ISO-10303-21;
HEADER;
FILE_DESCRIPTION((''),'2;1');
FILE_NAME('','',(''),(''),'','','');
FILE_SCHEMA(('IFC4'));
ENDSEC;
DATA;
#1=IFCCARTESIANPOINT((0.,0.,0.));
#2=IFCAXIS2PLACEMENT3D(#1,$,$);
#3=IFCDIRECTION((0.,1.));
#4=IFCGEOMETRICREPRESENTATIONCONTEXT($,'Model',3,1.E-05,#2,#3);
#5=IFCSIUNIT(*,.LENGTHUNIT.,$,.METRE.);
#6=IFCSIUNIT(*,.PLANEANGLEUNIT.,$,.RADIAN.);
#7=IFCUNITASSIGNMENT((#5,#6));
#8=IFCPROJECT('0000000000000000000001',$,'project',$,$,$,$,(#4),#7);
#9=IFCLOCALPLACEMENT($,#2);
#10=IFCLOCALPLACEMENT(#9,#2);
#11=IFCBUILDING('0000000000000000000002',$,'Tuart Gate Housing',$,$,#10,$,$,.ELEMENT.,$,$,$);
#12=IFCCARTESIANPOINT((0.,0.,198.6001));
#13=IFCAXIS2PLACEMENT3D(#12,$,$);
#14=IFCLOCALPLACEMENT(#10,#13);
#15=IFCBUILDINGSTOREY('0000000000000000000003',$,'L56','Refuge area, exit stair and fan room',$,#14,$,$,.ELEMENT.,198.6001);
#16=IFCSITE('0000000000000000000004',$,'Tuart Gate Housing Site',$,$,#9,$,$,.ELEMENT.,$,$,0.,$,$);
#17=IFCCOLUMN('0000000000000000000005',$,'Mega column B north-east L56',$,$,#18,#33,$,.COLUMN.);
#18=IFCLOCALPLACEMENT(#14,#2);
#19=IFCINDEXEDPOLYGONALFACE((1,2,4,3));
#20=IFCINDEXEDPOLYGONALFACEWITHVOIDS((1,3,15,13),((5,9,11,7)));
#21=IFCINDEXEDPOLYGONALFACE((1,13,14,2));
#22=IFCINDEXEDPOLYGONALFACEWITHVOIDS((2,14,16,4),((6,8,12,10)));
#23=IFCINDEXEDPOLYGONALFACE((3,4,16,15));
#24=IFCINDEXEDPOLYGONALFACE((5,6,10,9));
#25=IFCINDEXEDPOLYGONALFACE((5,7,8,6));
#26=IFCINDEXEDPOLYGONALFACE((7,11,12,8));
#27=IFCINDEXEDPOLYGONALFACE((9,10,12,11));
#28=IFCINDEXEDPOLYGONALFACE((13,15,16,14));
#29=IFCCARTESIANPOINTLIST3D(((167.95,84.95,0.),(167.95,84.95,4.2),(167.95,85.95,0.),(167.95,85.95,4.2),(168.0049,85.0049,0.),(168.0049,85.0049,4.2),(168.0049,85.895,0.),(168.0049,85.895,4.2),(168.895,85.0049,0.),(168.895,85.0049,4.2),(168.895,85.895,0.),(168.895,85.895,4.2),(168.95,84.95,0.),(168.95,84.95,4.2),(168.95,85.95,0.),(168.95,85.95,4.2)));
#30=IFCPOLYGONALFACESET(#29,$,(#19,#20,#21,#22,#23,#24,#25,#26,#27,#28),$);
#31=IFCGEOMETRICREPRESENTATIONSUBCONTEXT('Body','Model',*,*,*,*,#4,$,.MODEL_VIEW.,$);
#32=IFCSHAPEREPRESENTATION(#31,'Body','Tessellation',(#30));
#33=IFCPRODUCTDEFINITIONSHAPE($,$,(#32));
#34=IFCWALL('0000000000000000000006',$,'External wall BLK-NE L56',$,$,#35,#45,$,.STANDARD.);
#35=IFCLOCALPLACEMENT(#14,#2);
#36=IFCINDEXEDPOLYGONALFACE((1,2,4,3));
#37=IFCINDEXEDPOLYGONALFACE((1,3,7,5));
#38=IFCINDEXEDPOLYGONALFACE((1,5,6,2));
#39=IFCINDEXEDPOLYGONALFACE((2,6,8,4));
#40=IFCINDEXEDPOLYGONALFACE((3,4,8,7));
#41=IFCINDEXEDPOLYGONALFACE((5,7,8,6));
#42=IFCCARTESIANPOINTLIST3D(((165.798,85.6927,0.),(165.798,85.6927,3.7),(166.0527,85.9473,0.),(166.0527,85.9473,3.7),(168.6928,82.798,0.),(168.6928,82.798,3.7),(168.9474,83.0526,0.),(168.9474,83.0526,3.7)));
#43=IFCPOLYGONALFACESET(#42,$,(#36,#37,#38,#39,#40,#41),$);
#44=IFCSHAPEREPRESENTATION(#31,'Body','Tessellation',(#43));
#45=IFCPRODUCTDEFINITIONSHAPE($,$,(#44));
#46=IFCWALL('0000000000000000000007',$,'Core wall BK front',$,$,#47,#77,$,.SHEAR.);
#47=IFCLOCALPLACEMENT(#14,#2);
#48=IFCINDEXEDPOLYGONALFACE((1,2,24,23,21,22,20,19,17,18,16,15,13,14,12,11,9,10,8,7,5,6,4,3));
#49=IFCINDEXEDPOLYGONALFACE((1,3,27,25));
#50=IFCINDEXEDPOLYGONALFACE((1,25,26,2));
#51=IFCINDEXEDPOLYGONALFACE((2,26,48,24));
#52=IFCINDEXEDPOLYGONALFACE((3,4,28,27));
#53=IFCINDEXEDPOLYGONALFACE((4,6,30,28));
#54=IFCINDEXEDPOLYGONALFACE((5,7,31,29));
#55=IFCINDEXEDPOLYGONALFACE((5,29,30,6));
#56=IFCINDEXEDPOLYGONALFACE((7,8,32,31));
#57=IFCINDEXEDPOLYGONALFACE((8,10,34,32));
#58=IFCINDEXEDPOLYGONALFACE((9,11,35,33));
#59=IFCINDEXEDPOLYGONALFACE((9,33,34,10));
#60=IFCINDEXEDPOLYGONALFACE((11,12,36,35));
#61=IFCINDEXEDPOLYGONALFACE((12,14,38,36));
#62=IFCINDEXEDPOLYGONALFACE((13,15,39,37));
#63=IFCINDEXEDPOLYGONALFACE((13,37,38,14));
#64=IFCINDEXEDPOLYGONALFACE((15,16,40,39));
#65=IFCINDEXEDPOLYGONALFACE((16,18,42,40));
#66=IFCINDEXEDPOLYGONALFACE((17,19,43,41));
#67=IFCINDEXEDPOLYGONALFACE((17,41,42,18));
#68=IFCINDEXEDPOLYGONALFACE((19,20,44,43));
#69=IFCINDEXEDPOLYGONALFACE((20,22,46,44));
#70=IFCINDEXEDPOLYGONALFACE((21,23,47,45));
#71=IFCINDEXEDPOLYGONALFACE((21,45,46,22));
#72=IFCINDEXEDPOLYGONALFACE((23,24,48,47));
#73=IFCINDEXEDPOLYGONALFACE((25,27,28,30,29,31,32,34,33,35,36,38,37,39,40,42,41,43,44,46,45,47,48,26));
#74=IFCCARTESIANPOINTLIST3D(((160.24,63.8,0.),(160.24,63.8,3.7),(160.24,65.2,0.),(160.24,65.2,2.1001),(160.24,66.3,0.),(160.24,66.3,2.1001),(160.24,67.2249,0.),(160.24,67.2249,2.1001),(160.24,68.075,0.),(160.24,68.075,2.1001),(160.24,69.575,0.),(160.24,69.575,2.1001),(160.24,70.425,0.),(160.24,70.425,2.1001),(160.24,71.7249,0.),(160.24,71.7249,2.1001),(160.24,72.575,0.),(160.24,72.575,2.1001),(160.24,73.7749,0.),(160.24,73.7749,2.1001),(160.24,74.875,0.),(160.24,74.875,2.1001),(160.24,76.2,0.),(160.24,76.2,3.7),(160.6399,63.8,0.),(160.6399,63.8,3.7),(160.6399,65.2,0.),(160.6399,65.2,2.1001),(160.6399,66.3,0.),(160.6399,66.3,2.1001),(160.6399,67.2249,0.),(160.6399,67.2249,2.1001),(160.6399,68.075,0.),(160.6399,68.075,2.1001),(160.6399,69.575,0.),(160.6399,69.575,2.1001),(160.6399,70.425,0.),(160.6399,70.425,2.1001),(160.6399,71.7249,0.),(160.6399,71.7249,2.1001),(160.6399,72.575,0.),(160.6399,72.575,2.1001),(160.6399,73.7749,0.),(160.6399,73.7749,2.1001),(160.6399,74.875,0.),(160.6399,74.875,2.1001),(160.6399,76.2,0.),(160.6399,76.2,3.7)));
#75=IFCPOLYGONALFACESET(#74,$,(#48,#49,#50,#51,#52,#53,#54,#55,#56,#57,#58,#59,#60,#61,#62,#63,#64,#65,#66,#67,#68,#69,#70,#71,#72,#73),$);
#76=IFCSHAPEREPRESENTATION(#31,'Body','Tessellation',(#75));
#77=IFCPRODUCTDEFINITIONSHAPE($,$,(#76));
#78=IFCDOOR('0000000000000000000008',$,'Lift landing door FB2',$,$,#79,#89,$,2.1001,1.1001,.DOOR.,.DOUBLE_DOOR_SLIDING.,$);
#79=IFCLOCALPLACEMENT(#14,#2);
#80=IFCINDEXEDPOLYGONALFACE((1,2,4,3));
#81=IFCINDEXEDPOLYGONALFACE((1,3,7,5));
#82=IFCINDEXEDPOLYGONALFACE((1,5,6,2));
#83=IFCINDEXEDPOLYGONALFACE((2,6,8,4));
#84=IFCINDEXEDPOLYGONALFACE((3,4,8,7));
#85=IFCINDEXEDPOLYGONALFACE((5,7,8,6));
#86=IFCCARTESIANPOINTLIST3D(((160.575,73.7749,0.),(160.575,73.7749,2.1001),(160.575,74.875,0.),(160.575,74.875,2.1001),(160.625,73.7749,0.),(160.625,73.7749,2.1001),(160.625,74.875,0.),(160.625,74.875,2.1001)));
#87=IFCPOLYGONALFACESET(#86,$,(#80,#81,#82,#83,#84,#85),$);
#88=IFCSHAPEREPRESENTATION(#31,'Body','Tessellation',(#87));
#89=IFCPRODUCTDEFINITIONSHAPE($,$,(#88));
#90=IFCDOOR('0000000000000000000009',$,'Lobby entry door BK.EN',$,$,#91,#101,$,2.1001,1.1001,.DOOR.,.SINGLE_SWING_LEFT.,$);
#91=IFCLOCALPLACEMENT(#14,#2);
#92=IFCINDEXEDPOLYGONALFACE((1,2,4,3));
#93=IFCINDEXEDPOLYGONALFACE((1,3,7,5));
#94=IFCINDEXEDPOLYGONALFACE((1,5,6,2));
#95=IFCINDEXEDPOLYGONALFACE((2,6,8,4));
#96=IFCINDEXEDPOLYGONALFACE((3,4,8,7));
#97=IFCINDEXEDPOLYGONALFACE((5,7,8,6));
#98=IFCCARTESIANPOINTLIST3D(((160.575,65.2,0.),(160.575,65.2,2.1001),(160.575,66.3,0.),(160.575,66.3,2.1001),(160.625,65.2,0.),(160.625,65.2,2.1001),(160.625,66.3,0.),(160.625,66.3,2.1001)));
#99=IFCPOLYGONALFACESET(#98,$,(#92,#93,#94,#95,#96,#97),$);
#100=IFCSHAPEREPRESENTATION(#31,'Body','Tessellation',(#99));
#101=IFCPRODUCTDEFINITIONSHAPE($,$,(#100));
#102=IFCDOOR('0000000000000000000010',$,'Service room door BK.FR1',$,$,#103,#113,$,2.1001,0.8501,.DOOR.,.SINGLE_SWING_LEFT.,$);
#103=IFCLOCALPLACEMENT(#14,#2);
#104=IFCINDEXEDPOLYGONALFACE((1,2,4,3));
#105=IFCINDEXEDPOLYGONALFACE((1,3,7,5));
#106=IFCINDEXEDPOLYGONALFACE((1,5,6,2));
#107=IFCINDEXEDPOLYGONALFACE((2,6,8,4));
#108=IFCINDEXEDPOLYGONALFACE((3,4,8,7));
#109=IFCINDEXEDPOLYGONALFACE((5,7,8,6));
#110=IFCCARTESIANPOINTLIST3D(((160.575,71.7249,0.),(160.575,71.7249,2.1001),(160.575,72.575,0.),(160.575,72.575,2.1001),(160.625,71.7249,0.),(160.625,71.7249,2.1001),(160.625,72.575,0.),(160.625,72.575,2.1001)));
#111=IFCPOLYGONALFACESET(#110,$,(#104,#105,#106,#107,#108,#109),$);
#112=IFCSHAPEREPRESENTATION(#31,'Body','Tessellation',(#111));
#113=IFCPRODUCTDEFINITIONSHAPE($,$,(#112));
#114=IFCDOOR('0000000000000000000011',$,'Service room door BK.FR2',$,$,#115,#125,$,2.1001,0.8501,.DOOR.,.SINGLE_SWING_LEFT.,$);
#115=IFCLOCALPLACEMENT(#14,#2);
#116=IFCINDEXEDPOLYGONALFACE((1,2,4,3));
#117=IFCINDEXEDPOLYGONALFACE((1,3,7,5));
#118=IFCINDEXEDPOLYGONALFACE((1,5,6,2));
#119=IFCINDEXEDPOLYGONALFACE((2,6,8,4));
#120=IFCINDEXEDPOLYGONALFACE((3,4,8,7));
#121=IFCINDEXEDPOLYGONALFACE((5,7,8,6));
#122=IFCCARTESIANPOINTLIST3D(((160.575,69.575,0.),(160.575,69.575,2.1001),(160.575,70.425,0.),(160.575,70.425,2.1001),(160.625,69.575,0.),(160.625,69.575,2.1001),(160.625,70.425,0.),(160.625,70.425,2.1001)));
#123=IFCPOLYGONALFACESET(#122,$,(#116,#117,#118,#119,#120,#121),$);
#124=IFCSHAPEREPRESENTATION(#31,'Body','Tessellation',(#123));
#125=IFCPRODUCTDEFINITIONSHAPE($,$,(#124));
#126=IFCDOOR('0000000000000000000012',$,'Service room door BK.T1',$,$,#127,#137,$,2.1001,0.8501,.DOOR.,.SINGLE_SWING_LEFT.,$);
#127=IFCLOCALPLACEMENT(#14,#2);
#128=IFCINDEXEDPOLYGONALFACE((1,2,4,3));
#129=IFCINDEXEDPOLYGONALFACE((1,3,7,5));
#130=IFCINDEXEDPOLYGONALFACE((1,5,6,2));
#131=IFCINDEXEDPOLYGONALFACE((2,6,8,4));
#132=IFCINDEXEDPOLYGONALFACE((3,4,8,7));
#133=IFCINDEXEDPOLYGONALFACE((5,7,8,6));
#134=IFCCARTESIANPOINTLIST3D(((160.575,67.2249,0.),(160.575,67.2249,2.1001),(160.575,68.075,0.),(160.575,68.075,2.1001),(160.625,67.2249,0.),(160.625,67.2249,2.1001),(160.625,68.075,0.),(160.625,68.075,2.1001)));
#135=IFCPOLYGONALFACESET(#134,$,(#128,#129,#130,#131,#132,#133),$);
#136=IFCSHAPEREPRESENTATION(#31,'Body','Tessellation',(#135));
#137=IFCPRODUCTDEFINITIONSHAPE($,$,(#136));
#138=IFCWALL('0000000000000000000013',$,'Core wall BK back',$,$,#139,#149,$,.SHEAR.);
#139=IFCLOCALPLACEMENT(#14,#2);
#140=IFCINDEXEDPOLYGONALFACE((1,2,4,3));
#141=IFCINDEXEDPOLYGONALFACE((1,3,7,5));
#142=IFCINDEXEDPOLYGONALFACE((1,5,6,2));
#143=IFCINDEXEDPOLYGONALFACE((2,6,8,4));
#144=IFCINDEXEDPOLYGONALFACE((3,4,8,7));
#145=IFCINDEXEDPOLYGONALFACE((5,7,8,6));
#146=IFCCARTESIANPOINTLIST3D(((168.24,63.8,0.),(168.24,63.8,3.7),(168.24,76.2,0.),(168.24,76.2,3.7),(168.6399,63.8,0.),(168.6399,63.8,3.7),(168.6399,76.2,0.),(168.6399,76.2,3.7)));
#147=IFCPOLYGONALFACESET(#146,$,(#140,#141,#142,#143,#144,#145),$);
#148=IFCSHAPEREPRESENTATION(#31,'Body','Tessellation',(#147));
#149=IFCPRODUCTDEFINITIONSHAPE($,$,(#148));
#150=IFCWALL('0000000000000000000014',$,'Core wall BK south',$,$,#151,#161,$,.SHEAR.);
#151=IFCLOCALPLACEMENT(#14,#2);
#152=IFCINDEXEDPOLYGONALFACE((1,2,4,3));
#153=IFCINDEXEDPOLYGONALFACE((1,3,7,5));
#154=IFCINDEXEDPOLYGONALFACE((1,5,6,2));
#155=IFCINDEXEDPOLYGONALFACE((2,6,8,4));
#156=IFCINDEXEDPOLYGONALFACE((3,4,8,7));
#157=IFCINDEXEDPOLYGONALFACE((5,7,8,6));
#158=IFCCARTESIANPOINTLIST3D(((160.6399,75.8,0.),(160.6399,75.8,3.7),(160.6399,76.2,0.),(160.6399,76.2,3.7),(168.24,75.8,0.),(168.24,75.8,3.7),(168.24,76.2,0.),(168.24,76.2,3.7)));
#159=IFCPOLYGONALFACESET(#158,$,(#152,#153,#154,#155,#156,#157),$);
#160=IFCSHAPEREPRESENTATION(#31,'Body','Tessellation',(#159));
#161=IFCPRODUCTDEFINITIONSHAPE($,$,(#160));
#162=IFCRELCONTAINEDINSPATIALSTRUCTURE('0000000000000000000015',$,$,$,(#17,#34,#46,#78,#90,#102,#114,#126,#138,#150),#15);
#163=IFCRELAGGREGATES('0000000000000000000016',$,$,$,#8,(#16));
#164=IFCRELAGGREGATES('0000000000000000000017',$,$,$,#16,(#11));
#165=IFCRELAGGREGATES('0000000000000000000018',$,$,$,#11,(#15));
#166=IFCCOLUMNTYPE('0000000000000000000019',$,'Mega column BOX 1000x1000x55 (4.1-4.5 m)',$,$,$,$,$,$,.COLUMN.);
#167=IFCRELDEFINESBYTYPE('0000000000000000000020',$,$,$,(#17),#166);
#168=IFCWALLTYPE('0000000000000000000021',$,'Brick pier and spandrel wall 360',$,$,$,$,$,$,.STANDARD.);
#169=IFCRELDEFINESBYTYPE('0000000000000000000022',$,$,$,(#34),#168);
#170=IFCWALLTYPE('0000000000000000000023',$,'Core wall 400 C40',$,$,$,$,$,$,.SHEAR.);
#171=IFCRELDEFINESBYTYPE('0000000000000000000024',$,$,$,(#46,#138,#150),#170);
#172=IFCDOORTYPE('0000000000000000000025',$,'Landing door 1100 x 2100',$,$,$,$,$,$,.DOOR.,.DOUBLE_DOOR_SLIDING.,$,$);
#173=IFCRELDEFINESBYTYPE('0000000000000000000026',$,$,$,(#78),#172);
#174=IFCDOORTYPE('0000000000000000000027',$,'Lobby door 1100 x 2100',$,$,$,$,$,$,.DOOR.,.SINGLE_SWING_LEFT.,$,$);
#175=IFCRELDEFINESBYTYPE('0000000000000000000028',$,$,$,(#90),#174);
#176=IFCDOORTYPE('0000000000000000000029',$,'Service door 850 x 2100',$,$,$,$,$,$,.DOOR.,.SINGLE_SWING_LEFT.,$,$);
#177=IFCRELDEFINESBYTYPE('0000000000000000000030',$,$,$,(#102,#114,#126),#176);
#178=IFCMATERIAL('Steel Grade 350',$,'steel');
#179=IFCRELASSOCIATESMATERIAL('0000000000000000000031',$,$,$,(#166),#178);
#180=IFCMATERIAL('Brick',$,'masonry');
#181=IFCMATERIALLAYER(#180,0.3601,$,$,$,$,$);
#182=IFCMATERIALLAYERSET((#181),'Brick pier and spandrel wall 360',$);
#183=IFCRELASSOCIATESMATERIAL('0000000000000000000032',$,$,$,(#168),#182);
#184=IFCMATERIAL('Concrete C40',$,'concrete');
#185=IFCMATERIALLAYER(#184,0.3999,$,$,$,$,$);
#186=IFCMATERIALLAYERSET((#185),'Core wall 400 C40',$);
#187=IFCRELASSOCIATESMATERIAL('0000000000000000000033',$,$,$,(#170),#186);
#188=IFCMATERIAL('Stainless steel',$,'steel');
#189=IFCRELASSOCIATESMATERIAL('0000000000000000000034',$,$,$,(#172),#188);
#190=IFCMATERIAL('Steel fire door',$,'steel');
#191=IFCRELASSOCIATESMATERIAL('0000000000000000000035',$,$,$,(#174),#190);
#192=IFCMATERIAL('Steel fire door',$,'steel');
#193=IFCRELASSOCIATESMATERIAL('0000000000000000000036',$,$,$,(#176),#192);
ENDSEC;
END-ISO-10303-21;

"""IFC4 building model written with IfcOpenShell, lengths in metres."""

from ifc_helpers import new_model, si_unit, direction, frame, frame_2d, origin, origin_2d, place, context, subcontext, project, spatial, rectangle, hollow_rectangle, extrude, material, layer, layer_set, material_profile, profile_set, type_object, element, fill, save


model = new_model("IFC4")

# Units and contexts
model_context = context("Model", 3, precision=1e-05, world=origin(), true_north=direction((0.0, 1.0)))
body_context = subcontext(model_context, "Body", "Model", "MODEL_VIEW")
ifc_project = project(units=[si_unit("LENGTHUNIT", "METRE"), si_unit("PLANEANGLEUNIT", "RADIAN")], contexts=[model_context])

# Site, building, storey
site_placement = place(None, origin())
site = spatial("IfcSite", under=ifc_project, at=site_placement, Name="Tuart Gate Housing Site", CompositionType="ELEMENT", RefElevation=0.0)
building_placement = place(site_placement, origin())
building = spatial("IfcBuilding", under=site, at=building_placement, Name="Tuart Gate Housing", CompositionType="ELEMENT")
storey_placement = place(building_placement, frame((0.0, 0.0, 198.6001)))
storey = spatial("IfcBuildingStorey", under=building, at=storey_placement, Name="L56", Description="Refuge area, exit stair and fan room", CompositionType="ELEMENT", Elevation=198.6001)

# Column
ifc_material_1 = material(Name="Steel Grade 350", Category="steel")
ifc_material_profile = material_profile(ifc_material_1, hollow_rectangle(XDim=1.0, YDim=1.0, WallThickness=0.0549, at=origin_2d()), Name="BOX 1000x1000x55")
ifc_profile_set = profile_set([ifc_material_profile], Name="Steel Grade 350")
column_type = type_object("IfcColumnType", Name="Mega column BOX 1000x1000x55 (4.1-4.5 m)", PredefinedType="COLUMN", material=ifc_profile_set)
column_placement = place(storey_placement, frame((168.45, 85.45, 0.0), z_axis=(0.0, 0.0, 1.0), x_axis=(1.0, 0.0, 0.0)))
element("IfcColumn", 1, at=column_placement, inside=storey, type_object=column_type, Name="Mega column B north-east L56", PredefinedType="COLUMN", context=body_context, shape_type="SweptSolid", body=[
    extrude(hollow_rectangle(XDim=1.0, YDim=1.0, WallThickness=0.0549, at=origin_2d()), origin(), (0.0, 0.0, 1.0), 4.2),
])

# Wall
ifc_material_2 = material(Name="Brick", Category="masonry")
ifc_layer_1 = layer(ifc_material_2, 0.3601)
ifc_layer_set_1 = layer_set([ifc_layer_1], Name="Brick pier and spandrel wall 360")
wall_type_1 = type_object("IfcWallType", Name="Brick pier and spandrel wall 360", PredefinedType="STANDARD", material=ifc_layer_set_1)
wall_1_placement = place(storey_placement, frame((168.8201, 82.9253, 0.0), z_axis=(0.0, 0.0, 1.0), x_axis=(-0.707107, 0.707107, 0.0)))
element("IfcWall", 2, at=wall_1_placement, inside=storey, type_object=wall_type_1, Name="External wall BLK-NE L56", PredefinedType="STANDARD", context=body_context, shape_type="SweptSolid", body=[
    extrude(rectangle(XDim=4.0938, YDim=0.3601, at=frame_2d((2.0469, 0.0))), origin(), (0.0, 0.0, 1.0), 3.7),
])

# Wall, openings, doors
ifc_material_3 = material(Name="Concrete C40", Category="concrete")
ifc_layer_2 = layer(ifc_material_3, 0.3999)
ifc_layer_set_2 = layer_set([ifc_layer_2], Name="Core wall 400 C40")
wall_type_2 = type_object("IfcWallType", Name="Core wall 400 C40", PredefinedType="SHEAR", material=ifc_layer_set_2)
wall_2_placement = place(storey_placement, frame((160.4399, 76.2, 0.0), z_axis=(0.0, 0.0, 1.0), x_axis=(0.0, -1.0, 0.0)))
wall_2 = element("IfcWall", 3, at=wall_2_placement, inside=storey, type_object=wall_type_2, Name="Core wall BK front", PredefinedType="SHEAR", context=body_context, shape_type="SweptSolid", body=[
    extrude(rectangle(XDim=12.3999, YDim=0.3999, at=frame_2d((6.2, 0.0))), origin(), (0.0, 0.0, 1.0), 3.7),
])
opening_1_placement = place(wall_2_placement, frame((1.325, 0.0, 0.0)))
opening_1 = element("IfcOpeningElement", 4, at=opening_1_placement, cuts=wall_2, PredefinedType="OPENING", context=body_context, shape_type="SweptSolid", body=[
    extrude(rectangle(XDim=1.1001, YDim=2.1001, at=frame_2d((0.55, 1.05))), frame((0.0, 0.21, 0.0), z_axis=(0.0, -1.0, 0.0), x_axis=(1.0, 0.0, 0.0)), (0.0, 0.0, 1.0), 0.4199),
])
opening_2_placement = place(wall_2_placement, frame((3.625, 0.0, 0.0)))
opening_2 = element("IfcOpeningElement", 5, at=opening_2_placement, cuts=wall_2, PredefinedType="OPENING", context=body_context, shape_type="SweptSolid", body=[
    extrude(rectangle(XDim=0.8501, YDim=2.1001, at=frame_2d((0.425, 1.05))), frame((0.0, 0.21, 0.0), z_axis=(0.0, -1.0, 0.0), x_axis=(1.0, 0.0, 0.0)), (0.0, 0.0, 1.0), 0.4199),
])
opening_3_placement = place(wall_2_placement, frame((5.7749, 0.0, 0.0)))
opening_3 = element("IfcOpeningElement", 6, at=opening_3_placement, cuts=wall_2, PredefinedType="OPENING", context=body_context, shape_type="SweptSolid", body=[
    extrude(rectangle(XDim=0.8501, YDim=2.1001, at=frame_2d((0.425, 1.05))), frame((0.0, 0.21, 0.0), z_axis=(0.0, -1.0, 0.0), x_axis=(1.0, 0.0, 0.0)), (0.0, 0.0, 1.0), 0.4199),
])
opening_4_placement = place(wall_2_placement, frame((9.8999, 0.0, 0.0)))
opening_4 = element("IfcOpeningElement", 7, at=opening_4_placement, cuts=wall_2, PredefinedType="OPENING", context=body_context, shape_type="SweptSolid", body=[
    extrude(rectangle(XDim=1.1001, YDim=2.1001, at=frame_2d((0.55, 1.05))), frame((0.0, 0.21, 0.0), z_axis=(0.0, -1.0, 0.0), x_axis=(1.0, 0.0, 0.0)), (0.0, 0.0, 1.0), 0.4199),
])
opening_5_placement = place(wall_2_placement, frame((8.125, 0.0, 0.0)))
opening_5 = element("IfcOpeningElement", 8, at=opening_5_placement, cuts=wall_2, PredefinedType="OPENING", context=body_context, shape_type="SweptSolid", body=[
    extrude(rectangle(XDim=0.8501, YDim=2.1001, at=frame_2d((0.425, 1.05))), frame((0.0, 0.21, 0.0), z_axis=(0.0, -1.0, 0.0), x_axis=(1.0, 0.0, 0.0)), (0.0, 0.0, 1.0), 0.4199),
])
ifc_material_4 = material(Name="Stainless steel", Category="steel")
door_type_1 = type_object("IfcDoorType", Name="Landing door 1100 x 2100", OperationType="DOUBLE_DOOR_SLIDING", PredefinedType="DOOR", material=ifc_material_4)
door_1_placement = place(opening_1_placement, origin())
door_1 = element("IfcDoor", 9, at=door_1_placement, inside=storey, type_object=door_type_1, Name="Lift landing door FB2", OperationType="DOUBLE_DOOR_SLIDING", OverallHeight=2.1001, OverallWidth=1.1001, PredefinedType="DOOR", context=body_context, shape_type="SweptSolid", body=[
    extrude(rectangle(XDim=1.1001, YDim=2.1001, at=frame_2d((0.55, 1.05))), frame((0.0, 0.1851, 0.0), z_axis=(0.0, -1.0, 0.0), x_axis=(1.0, 0.0, 0.0)), (0.0, 0.0, 1.0), 0.05),
])
fill(opening_1, door_1)
ifc_material_5 = material(Name="Steel fire door", Category="steel")
door_type_2 = type_object("IfcDoorType", Name="Lobby door 1100 x 2100", OperationType="SINGLE_SWING_LEFT", PredefinedType="DOOR", material=ifc_material_5)
door_2_placement = place(opening_4_placement, origin())
door_2 = element("IfcDoor", 10, at=door_2_placement, inside=storey, type_object=door_type_2, Name="Lobby entry door BK.EN", OperationType="SINGLE_SWING_LEFT", OverallHeight=2.1001, OverallWidth=1.1001, PredefinedType="DOOR", context=body_context, shape_type="SweptSolid", body=[
    extrude(rectangle(XDim=1.1001, YDim=2.1001, at=frame_2d((0.55, 1.05))), frame((0.0, 0.1851, 0.0), z_axis=(0.0, -1.0, 0.0), x_axis=(1.0, 0.0, 0.0)), (0.0, 0.0, 1.0), 0.05),
])
fill(opening_4, door_2)
ifc_material_6 = material(Name="Steel fire door", Category="steel")
door_type_3 = type_object("IfcDoorType", Name="Service door 850 x 2100", OperationType="SINGLE_SWING_LEFT", PredefinedType="DOOR", material=ifc_material_6)
door_3_placement = place(opening_2_placement, origin())
door_3 = element("IfcDoor", 11, at=door_3_placement, inside=storey, type_object=door_type_3, Name="Service room door BK.FR1", OperationType="SINGLE_SWING_LEFT", OverallHeight=2.1001, OverallWidth=0.8501, PredefinedType="DOOR", context=body_context, shape_type="SweptSolid", body=[
    extrude(rectangle(XDim=0.8501, YDim=2.1001, at=frame_2d((0.425, 1.05))), frame((0.0, 0.1851, 0.0), z_axis=(0.0, -1.0, 0.0), x_axis=(1.0, 0.0, 0.0)), (0.0, 0.0, 1.0), 0.05),
])
fill(opening_2, door_3)
door_4_placement = place(opening_3_placement, origin())
door_4 = element("IfcDoor", 12, at=door_4_placement, inside=storey, type_object=door_type_3, Name="Service room door BK.FR2", OperationType="SINGLE_SWING_LEFT", OverallHeight=2.1001, OverallWidth=0.8501, PredefinedType="DOOR", context=body_context, shape_type="SweptSolid", body=[
    extrude(rectangle(XDim=0.8501, YDim=2.1001, at=frame_2d((0.425, 1.05))), frame((0.0, 0.1851, 0.0), z_axis=(0.0, -1.0, 0.0), x_axis=(1.0, 0.0, 0.0)), (0.0, 0.0, 1.0), 0.05),
])
fill(opening_3, door_4)
door_5_placement = place(opening_5_placement, origin())
door_5 = element("IfcDoor", 13, at=door_5_placement, inside=storey, type_object=door_type_3, Name="Service room door BK.T1", OperationType="SINGLE_SWING_LEFT", OverallHeight=2.1001, OverallWidth=0.8501, PredefinedType="DOOR", context=body_context, shape_type="SweptSolid", body=[
    extrude(rectangle(XDim=0.8501, YDim=2.1001, at=frame_2d((0.425, 1.05))), frame((0.0, 0.1851, 0.0), z_axis=(0.0, -1.0, 0.0), x_axis=(1.0, 0.0, 0.0)), (0.0, 0.0, 1.0), 0.05),
])
fill(opening_5, door_5)

# Walls
wall_3_placement = place(storey_placement, frame((168.4399, 76.2, 0.0), z_axis=(0.0, 0.0, 1.0), x_axis=(0.0, -1.0, 0.0)))
element("IfcWall", 14, at=wall_3_placement, inside=storey, type_object=wall_type_2, Name="Core wall BK back", PredefinedType="SHEAR", context=body_context, shape_type="SweptSolid", body=[
    extrude(rectangle(XDim=12.3999, YDim=0.3999, at=frame_2d((6.2, 0.0))), origin(), (0.0, 0.0, 1.0), 3.7),
])
wall_4_placement = place(storey_placement, frame((160.6399, 76.0, 0.0), z_axis=(0.0, 0.0, 1.0), x_axis=(1.0, 0.0, 0.0)))
element("IfcWall", 15, at=wall_4_placement, inside=storey, type_object=wall_type_2, Name="Core wall BK south", PredefinedType="SHEAR", context=body_context, shape_type="SweptSolid", body=[
    extrude(rectangle(XDim=7.6001, YDim=0.3999, at=frame_2d((3.8, 0.0))), origin(), (0.0, 0.0, 1.0), 3.7),
])

save(model, "model.ifc")
